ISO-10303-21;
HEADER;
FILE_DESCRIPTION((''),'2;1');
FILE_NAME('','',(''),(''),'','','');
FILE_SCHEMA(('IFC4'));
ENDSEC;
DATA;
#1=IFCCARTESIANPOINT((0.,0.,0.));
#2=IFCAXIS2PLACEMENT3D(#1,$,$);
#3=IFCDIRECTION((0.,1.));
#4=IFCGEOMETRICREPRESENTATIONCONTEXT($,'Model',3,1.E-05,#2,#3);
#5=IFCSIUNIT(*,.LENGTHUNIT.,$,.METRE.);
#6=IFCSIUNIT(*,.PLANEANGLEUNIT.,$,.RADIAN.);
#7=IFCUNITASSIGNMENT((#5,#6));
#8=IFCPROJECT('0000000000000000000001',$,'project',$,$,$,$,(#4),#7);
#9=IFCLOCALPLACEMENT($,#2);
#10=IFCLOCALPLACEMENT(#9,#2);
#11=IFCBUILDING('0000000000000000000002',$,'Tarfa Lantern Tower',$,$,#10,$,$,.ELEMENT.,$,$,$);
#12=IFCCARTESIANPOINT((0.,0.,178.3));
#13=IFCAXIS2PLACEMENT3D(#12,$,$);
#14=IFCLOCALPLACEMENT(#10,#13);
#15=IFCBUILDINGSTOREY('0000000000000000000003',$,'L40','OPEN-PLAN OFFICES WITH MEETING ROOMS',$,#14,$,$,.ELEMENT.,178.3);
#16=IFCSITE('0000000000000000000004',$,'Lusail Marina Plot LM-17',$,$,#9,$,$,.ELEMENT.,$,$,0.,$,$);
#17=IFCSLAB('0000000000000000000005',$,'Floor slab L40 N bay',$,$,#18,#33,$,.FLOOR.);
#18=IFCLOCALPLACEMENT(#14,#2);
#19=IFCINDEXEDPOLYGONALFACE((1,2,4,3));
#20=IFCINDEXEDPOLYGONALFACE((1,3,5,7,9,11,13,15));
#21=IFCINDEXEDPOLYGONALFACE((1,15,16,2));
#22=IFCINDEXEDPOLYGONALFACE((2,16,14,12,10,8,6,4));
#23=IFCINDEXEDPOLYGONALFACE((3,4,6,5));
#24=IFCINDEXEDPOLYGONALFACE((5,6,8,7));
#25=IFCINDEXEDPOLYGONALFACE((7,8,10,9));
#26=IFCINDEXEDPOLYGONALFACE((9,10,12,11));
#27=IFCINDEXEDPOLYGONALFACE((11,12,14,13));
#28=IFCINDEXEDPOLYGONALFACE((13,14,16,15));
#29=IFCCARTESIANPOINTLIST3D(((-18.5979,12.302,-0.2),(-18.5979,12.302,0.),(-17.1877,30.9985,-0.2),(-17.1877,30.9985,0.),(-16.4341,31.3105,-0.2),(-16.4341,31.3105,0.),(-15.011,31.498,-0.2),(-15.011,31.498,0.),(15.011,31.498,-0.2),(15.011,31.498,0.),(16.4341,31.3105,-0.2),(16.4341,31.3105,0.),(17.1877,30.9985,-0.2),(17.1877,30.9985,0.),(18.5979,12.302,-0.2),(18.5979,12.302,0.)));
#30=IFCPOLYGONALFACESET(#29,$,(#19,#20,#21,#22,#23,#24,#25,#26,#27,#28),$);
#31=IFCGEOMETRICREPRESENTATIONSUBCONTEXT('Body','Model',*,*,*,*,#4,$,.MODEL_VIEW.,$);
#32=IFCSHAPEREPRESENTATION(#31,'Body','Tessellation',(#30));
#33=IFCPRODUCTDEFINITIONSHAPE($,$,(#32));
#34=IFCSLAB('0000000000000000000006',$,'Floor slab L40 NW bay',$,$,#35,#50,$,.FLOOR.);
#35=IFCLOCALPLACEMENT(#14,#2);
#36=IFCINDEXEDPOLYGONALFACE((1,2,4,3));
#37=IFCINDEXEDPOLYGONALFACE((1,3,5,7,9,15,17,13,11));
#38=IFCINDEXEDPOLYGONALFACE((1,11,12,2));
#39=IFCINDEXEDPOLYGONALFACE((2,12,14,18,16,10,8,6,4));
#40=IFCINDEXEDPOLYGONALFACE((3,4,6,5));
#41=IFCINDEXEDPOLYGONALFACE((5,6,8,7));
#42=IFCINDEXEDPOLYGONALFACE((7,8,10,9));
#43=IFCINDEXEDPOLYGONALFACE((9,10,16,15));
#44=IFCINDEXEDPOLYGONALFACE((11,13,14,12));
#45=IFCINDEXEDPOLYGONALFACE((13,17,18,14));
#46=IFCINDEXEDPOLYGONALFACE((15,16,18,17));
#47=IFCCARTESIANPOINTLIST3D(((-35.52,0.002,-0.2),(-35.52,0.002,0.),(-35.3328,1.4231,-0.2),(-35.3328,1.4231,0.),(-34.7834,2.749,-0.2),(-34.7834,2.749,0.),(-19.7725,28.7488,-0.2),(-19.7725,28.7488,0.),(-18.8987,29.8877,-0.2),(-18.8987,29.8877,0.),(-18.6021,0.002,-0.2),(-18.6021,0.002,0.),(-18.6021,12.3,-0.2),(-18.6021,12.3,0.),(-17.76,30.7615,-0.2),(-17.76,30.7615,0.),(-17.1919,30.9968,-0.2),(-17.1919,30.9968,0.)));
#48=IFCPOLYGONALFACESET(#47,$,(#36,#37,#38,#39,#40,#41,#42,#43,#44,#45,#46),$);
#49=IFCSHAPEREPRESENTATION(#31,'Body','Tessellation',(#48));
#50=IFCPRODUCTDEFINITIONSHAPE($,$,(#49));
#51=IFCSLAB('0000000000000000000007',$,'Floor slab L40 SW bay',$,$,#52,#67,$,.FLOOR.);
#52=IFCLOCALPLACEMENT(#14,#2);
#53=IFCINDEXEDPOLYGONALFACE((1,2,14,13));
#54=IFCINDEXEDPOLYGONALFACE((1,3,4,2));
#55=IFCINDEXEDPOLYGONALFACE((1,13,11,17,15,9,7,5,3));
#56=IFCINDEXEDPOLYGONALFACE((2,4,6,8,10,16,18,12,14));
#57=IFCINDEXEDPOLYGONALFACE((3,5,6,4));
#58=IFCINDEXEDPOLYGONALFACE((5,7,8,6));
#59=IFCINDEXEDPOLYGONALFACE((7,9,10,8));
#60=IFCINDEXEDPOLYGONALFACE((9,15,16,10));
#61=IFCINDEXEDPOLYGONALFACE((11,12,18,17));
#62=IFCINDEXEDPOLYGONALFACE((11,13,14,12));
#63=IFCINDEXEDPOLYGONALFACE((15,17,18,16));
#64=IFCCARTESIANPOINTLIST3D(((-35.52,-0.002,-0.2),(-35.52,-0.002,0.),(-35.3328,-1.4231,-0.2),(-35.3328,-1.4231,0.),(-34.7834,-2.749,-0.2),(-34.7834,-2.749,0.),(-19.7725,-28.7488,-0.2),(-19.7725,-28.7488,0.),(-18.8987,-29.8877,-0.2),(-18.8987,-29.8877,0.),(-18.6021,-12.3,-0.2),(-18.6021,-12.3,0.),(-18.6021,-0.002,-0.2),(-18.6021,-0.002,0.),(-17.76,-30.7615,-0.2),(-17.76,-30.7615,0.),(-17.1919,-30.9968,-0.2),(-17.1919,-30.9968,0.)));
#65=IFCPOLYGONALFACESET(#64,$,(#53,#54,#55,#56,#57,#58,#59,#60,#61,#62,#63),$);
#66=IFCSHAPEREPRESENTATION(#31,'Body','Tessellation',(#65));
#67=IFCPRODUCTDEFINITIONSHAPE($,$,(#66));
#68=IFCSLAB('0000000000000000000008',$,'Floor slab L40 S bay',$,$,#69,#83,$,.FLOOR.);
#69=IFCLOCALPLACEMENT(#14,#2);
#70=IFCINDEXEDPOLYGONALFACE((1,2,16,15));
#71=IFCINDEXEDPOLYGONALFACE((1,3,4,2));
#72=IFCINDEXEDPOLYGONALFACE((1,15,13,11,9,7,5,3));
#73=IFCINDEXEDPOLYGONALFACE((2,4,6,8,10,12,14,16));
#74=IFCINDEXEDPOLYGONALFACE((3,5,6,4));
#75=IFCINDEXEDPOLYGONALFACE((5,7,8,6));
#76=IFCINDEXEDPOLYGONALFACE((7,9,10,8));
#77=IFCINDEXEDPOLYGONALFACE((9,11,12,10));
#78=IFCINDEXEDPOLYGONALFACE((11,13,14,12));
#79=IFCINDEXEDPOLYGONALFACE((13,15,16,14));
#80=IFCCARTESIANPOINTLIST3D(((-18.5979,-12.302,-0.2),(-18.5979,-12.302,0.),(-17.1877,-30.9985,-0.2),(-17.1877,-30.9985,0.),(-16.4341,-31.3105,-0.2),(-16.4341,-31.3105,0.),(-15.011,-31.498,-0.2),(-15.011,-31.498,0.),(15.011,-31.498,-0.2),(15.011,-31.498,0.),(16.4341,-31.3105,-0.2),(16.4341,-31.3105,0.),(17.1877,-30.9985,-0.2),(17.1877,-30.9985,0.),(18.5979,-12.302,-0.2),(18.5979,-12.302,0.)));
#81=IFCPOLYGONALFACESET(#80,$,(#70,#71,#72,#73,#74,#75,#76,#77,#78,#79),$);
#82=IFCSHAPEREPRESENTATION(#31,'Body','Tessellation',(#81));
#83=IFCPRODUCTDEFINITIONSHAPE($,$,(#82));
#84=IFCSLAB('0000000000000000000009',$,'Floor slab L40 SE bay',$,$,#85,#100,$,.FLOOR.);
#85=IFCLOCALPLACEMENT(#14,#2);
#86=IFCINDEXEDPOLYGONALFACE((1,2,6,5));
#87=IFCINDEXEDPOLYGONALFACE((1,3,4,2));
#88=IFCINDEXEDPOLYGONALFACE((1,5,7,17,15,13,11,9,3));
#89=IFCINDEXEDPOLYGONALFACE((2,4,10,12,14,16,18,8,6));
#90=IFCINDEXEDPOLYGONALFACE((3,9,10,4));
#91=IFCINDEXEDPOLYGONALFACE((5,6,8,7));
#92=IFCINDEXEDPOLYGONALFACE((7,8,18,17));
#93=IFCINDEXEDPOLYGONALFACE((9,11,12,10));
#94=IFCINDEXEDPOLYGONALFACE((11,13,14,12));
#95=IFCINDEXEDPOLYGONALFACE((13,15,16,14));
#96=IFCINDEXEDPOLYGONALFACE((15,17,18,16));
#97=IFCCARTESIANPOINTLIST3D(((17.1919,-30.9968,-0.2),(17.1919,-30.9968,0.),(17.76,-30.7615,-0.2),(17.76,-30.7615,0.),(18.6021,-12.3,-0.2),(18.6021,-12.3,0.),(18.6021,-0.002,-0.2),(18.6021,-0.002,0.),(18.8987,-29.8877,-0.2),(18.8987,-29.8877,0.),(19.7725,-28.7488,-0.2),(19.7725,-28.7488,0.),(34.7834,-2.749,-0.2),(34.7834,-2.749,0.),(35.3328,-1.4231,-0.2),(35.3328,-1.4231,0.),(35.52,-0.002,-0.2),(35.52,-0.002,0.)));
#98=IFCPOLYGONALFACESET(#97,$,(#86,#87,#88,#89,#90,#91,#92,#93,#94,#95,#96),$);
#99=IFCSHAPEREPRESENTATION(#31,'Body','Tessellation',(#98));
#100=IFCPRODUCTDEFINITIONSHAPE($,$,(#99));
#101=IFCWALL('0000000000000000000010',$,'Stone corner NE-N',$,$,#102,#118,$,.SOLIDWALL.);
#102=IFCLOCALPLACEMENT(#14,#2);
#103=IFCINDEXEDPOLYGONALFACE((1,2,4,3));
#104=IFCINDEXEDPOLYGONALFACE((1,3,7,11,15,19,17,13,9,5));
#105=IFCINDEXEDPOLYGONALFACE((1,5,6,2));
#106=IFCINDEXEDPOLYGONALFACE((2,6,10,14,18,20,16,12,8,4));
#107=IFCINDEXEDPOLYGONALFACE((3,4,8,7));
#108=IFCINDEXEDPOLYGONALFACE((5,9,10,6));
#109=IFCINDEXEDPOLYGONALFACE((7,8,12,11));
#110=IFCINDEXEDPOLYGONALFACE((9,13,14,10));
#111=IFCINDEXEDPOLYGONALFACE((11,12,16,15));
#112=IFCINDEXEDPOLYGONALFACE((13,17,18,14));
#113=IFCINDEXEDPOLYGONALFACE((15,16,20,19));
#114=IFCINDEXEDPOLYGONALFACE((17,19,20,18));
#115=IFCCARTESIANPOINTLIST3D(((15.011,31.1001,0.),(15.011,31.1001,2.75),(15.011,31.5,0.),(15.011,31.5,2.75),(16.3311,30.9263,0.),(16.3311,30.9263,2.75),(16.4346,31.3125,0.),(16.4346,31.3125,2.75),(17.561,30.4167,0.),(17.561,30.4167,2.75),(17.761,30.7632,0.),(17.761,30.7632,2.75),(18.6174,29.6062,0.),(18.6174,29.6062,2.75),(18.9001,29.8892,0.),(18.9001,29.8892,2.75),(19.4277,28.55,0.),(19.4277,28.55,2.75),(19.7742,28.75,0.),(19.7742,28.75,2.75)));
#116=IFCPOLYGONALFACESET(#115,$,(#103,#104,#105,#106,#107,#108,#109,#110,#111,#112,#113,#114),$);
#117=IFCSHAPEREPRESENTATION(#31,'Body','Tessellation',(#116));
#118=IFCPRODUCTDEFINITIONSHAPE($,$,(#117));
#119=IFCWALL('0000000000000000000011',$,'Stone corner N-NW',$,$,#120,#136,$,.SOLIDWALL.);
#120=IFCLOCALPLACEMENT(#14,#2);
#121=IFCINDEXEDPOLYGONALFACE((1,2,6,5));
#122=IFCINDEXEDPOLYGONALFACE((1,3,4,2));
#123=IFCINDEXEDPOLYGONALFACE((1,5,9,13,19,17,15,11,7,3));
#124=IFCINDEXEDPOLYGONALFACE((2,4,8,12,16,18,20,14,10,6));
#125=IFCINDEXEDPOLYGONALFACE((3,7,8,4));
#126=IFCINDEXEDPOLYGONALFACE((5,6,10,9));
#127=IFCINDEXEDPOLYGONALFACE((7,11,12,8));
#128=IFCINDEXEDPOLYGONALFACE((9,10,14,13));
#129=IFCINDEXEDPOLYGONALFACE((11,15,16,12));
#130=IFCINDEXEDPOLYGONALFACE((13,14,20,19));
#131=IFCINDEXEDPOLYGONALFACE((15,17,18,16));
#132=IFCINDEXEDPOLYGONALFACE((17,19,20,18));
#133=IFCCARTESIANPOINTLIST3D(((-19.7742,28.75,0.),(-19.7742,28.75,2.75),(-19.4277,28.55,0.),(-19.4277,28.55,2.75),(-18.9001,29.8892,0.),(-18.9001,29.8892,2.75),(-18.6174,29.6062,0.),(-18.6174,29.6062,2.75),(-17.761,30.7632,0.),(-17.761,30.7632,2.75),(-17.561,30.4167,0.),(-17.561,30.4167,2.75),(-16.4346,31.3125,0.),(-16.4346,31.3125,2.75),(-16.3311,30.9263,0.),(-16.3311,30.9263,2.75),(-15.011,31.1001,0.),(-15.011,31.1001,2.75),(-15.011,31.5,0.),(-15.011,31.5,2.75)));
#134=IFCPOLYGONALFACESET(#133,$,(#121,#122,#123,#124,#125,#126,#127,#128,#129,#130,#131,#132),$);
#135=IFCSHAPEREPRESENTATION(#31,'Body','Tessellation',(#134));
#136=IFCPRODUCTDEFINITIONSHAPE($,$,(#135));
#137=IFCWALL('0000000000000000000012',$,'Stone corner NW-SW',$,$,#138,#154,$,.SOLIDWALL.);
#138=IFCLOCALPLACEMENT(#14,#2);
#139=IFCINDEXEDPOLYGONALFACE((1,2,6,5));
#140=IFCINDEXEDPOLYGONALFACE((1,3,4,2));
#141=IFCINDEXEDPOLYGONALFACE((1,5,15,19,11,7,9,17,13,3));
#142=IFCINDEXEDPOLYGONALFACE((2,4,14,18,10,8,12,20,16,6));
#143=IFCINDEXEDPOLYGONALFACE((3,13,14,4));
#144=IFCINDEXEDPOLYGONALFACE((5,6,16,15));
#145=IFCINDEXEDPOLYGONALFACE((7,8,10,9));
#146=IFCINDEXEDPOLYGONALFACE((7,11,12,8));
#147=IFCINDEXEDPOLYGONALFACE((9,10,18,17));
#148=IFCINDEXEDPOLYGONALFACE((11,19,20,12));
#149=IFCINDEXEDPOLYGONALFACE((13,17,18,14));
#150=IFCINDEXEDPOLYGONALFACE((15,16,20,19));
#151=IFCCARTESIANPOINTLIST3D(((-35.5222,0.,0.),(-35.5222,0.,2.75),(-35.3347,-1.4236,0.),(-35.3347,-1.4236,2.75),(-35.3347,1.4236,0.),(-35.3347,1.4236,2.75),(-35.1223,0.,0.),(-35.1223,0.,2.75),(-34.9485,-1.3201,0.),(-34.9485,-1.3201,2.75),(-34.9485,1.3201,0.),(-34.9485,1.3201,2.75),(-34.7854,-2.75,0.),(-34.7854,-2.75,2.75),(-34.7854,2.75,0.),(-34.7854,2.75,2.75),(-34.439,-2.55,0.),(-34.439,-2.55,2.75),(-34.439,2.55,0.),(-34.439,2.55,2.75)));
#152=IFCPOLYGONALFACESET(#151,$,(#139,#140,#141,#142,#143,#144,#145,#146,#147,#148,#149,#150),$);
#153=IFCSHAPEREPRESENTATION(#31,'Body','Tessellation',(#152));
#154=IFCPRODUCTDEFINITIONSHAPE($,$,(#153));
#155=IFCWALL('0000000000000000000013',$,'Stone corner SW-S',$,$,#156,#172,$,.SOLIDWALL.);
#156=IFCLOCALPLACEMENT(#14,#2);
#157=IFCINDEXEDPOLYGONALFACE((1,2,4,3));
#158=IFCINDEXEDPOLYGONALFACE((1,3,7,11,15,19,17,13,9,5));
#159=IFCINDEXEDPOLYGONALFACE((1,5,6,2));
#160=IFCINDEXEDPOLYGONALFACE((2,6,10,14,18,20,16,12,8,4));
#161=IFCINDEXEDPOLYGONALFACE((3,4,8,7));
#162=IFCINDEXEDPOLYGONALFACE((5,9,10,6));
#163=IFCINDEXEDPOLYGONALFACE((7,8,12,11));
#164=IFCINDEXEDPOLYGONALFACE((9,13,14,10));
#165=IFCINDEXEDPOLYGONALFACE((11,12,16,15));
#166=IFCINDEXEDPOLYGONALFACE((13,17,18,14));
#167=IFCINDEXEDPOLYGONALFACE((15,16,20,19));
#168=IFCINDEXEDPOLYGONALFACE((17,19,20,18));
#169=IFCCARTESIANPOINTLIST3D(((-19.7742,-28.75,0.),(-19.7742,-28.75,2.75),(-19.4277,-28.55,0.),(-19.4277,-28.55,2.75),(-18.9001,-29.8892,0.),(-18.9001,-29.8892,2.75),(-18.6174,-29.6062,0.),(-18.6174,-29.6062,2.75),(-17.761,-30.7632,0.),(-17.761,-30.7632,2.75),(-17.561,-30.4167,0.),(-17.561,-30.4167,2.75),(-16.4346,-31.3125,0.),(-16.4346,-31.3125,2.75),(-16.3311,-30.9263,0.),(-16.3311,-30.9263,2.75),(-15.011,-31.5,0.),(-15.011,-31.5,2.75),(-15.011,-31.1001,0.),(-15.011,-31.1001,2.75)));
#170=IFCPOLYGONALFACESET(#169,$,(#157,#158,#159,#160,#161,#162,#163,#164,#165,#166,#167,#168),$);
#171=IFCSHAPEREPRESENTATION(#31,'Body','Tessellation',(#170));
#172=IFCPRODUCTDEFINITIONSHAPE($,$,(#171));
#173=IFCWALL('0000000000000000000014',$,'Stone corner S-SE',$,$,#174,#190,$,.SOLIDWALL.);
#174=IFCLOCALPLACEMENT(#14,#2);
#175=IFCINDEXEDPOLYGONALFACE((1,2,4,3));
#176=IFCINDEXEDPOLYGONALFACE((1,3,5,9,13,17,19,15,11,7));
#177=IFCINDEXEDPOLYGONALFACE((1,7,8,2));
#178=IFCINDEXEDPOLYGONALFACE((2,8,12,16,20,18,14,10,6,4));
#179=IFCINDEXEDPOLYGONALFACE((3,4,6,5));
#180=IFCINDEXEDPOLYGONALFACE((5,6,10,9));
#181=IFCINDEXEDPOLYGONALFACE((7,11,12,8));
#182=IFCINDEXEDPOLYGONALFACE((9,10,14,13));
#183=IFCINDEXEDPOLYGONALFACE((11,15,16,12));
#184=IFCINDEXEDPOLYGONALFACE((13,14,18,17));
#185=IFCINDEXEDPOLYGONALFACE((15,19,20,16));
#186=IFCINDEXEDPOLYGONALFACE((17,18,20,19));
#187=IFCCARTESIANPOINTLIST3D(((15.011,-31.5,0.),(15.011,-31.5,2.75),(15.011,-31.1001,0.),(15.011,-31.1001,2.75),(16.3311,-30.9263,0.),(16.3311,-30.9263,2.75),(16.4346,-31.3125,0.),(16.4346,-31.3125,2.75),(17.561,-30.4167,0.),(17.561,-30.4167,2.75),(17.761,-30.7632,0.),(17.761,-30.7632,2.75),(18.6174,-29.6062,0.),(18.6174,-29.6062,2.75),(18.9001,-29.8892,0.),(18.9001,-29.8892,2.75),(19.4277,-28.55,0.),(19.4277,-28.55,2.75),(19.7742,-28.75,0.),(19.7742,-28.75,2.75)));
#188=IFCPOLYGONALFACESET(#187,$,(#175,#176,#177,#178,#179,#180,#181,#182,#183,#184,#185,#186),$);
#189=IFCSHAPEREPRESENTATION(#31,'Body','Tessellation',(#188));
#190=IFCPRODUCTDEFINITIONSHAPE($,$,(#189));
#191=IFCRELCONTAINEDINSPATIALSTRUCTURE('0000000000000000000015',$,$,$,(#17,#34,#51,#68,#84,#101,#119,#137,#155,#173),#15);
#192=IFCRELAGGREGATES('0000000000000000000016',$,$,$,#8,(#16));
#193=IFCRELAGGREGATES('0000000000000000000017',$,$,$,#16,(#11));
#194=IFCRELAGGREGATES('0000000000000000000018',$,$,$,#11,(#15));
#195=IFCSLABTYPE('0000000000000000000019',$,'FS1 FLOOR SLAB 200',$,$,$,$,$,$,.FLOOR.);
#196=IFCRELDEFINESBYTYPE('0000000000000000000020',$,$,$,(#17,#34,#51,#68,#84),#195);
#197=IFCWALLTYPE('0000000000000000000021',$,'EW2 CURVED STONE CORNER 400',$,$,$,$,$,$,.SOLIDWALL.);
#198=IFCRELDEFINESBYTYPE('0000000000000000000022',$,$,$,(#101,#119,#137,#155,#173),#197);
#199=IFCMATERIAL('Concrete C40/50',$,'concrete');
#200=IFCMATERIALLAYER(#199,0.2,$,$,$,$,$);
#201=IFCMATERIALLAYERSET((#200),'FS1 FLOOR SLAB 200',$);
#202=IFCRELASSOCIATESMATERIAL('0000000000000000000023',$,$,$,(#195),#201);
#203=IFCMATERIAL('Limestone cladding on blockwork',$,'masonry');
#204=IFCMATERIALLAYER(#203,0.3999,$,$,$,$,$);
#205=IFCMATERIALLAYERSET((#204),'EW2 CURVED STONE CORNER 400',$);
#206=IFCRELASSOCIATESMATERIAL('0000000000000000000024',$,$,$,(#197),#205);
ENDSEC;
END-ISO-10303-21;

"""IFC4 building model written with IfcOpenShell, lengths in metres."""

from ifc_helpers import new_model, si_unit, direction, frame, origin, place, context, subcontext, project, spatial, polyline, outline, extrude, material, layer, layer_set, type_object, element, save


model = new_model("IFC4")

# Units and contexts
model_context = context("Model", 3, precision=1e-05, world=origin(), true_north=direction((0.0, 1.0)))
body_context = subcontext(model_context, "Body", "Model", "MODEL_VIEW")
ifc_project = project(units=[si_unit("LENGTHUNIT", "METRE"), si_unit("PLANEANGLEUNIT", "RADIAN")], contexts=[model_context])

# Site, building, storey
site_placement = place(None, origin())
site = spatial("IfcSite", under=ifc_project, at=site_placement, Name="Lusail Marina Plot LM-17", CompositionType="ELEMENT", RefElevation=0.0)
building_placement = place(site_placement, origin())
building = spatial("IfcBuilding", under=site, at=building_placement, Name="Tarfa Lantern Tower", CompositionType="ELEMENT")
storey_placement = place(building_placement, frame((0.0, 0.0, 178.3)))
storey = spatial("IfcBuildingStorey", under=building, at=storey_placement, Name="L40", Description="OPEN-PLAN OFFICES WITH MEETING ROOMS", CompositionType="ELEMENT", Elevation=178.3)

# Slabs
ifc_material_1 = material(Name="Concrete C40/50", Category="concrete")
ifc_layer_1 = layer(ifc_material_1, 0.2)
ifc_layer_set_1 = layer_set([ifc_layer_1], Name="FS1 FLOOR SLAB 200")
slab_type_1 = type_object("IfcSlabType", Name="FS1 FLOOR SLAB 200", PredefinedType="FLOOR", material=ifc_layer_set_1)
slab_1_placement = place(storey_placement, frame((0.0, 0.0, -0.2)))
element("IfcSlab", 1, at=slab_1_placement, inside=storey, type_object=slab_type_1, Name="Floor slab L40 N bay", PredefinedType="FLOOR", context=body_context, shape_type="SweptSolid", body=[
    extrude(outline(polyline([(-18.5979, 12.302), (18.5979, 12.302), (17.1877, 30.9985), (16.4341, 31.3105), (15.011, 31.498), (-15.011, 31.498), (-16.4341, 31.3105), (-17.1877, 30.9985), (-18.5979, 12.302)])), origin(), (0.0, 0.0, 1.0), 0.2),
])
slab_2_placement = place(storey_placement, frame((0.0, 0.0, -0.2)))
element("IfcSlab", 2, at=slab_2_placement, inside=storey, type_object=slab_type_1, Name="Floor slab L40 NW bay", PredefinedType="FLOOR", context=body_context, shape_type="SweptSolid", body=[
    extrude(outline(polyline([(-18.6021, 0.002), (-18.6021, 12.3), (-17.1919, 30.9968), (-17.76, 30.7615), (-18.8987, 29.8877), (-19.7725, 28.7488), (-34.7834, 2.749), (-35.3328, 1.4231), (-35.52, 0.002), (-18.6021, 0.002)])), origin(), (0.0, 0.0, 1.0), 0.2),
])
slab_3_placement = place(storey_placement, frame((0.0, 0.0, -0.2)))
element("IfcSlab", 3, at=slab_3_placement, inside=storey, type_object=slab_type_1, Name="Floor slab L40 SW bay", PredefinedType="FLOOR", context=body_context, shape_type="SweptSolid", body=[
    extrude(outline(polyline([(-18.6021, -12.3), (-18.6021, -0.002), (-35.52, -0.002), (-35.3328, -1.4231), (-34.7834, -2.749), (-19.7725, -28.7488), (-18.8987, -29.8877), (-17.76, -30.7615), (-17.1919, -30.9968), (-18.6021, -12.3)])), origin(), (0.0, 0.0, 1.0), 0.2),
])
slab_4_placement = place(storey_placement, frame((0.0, 0.0, -0.2)))
element("IfcSlab", 4, at=slab_4_placement, inside=storey, type_object=slab_type_1, Name="Floor slab L40 S bay", PredefinedType="FLOOR", context=body_context, shape_type="SweptSolid", body=[
    extrude(outline(polyline([(18.5979, -12.302), (-18.5979, -12.302), (-17.1877, -30.9985), (-16.4341, -31.3105), (-15.011, -31.498), (15.011, -31.498), (16.4341, -31.3105), (17.1877, -30.9985), (18.5979, -12.302)])), origin(), (0.0, 0.0, 1.0), 0.2),
])
slab_5_placement = place(storey_placement, frame((0.0, 0.0, -0.2)))
element("IfcSlab", 5, at=slab_5_placement, inside=storey, type_object=slab_type_1, Name="Floor slab L40 SE bay", PredefinedType="FLOOR", context=body_context, shape_type="SweptSolid", body=[
    extrude(outline(polyline([(18.6021, -0.002), (18.6021, -12.3), (17.1919, -30.9968), (17.76, -30.7615), (18.8987, -29.8877), (19.7725, -28.7488), (34.7834, -2.749), (35.3328, -1.4231), (35.52, -0.002), (18.6021, -0.002)])), origin(), (0.0, 0.0, 1.0), 0.2),
])

# Walls
ifc_material_2 = material(Name="Limestone cladding on blockwork", Category="masonry")
ifc_layer_2 = layer(ifc_material_2, 0.3999)
ifc_layer_set_2 = layer_set([ifc_layer_2], Name="EW2 CURVED STONE CORNER 400")
wall_type_1 = type_object("IfcWallType", Name="EW2 CURVED STONE CORNER 400", PredefinedType="SOLIDWALL", material=ifc_layer_set_2)
wall_1_placement = place(storey_placement, origin())
element("IfcWall", 6, at=wall_1_placement, inside=storey, type_object=wall_type_1, Name="Stone corner NE-N", PredefinedType="SOLIDWALL", context=body_context, shape_type="SweptSolid", body=[
    extrude(outline(polyline([(19.7742, 28.75), (18.9001, 29.8892), (17.761, 30.7632), (16.4346, 31.3125), (15.011, 31.5), (15.011, 31.1001), (16.3311, 30.9263), (17.561, 30.4167), (18.6174, 29.6062), (19.4277, 28.55), (19.7742, 28.75)])), origin(), (0.0, 0.0, 1.0), 2.75),
])
wall_2_placement = place(storey_placement, origin())
element("IfcWall", 7, at=wall_2_placement, inside=storey, type_object=wall_type_1, Name="Stone corner N-NW", PredefinedType="SOLIDWALL", context=body_context, shape_type="SweptSolid", body=[
    extrude(outline(polyline([(-15.011, 31.5), (-16.4346, 31.3125), (-17.761, 30.7632), (-18.9001, 29.8892), (-19.7742, 28.75), (-19.4277, 28.55), (-18.6174, 29.6062), (-17.561, 30.4167), (-16.3311, 30.9263), (-15.011, 31.1001), (-15.011, 31.5)])), origin(), (0.0, 0.0, 1.0), 2.75),
])
wall_3_placement = place(storey_placement, origin())
element("IfcWall", 8, at=wall_3_placement, inside=storey, type_object=wall_type_1, Name="Stone corner NW-SW", PredefinedType="SOLIDWALL", context=body_context, shape_type="SweptSolid", body=[
    extrude(outline(polyline([(-34.7854, 2.75), (-35.3347, 1.4236), (-35.5222, 0.0), (-35.3347, -1.4236), (-34.7854, -2.75), (-34.439, -2.55), (-34.9485, -1.3201), (-35.1223, 0.0), (-34.9485, 1.3201), (-34.439, 2.55), (-34.7854, 2.75)])), origin(), (0.0, 0.0, 1.0), 2.75),
])
wall_4_placement = place(storey_placement, origin())
element("IfcWall", 9, at=wall_4_placement, inside=storey, type_object=wall_type_1, Name="Stone corner SW-S", PredefinedType="SOLIDWALL", context=body_context, shape_type="SweptSolid", body=[
    extrude(outline(polyline([(-19.7742, -28.75), (-18.9001, -29.8892), (-17.761, -30.7632), (-16.4346, -31.3125), (-15.011, -31.5), (-15.011, -31.1001), (-16.3311, -30.9263), (-17.561, -30.4167), (-18.6174, -29.6062), (-19.4277, -28.55), (-19.7742, -28.75)])), origin(), (0.0, 0.0, 1.0), 2.75),
])
wall_5_placement = place(storey_placement, origin())
element("IfcWall", 10, at=wall_5_placement, inside=storey, type_object=wall_type_1, Name="Stone corner S-SE", PredefinedType="SOLIDWALL", context=body_context, shape_type="SweptSolid", body=[
    extrude(outline(polyline([(15.011, -31.5), (16.4346, -31.3125), (17.761, -30.7632), (18.9001, -29.8892), (19.7742, -28.75), (19.4277, -28.55), (18.6174, -29.6062), (17.561, -30.4167), (16.3311, -30.9263), (15.011, -31.1001), (15.011, -31.5)])), origin(), (0.0, 0.0, 1.0), 2.75),
])

save(model, "model.ifc")
